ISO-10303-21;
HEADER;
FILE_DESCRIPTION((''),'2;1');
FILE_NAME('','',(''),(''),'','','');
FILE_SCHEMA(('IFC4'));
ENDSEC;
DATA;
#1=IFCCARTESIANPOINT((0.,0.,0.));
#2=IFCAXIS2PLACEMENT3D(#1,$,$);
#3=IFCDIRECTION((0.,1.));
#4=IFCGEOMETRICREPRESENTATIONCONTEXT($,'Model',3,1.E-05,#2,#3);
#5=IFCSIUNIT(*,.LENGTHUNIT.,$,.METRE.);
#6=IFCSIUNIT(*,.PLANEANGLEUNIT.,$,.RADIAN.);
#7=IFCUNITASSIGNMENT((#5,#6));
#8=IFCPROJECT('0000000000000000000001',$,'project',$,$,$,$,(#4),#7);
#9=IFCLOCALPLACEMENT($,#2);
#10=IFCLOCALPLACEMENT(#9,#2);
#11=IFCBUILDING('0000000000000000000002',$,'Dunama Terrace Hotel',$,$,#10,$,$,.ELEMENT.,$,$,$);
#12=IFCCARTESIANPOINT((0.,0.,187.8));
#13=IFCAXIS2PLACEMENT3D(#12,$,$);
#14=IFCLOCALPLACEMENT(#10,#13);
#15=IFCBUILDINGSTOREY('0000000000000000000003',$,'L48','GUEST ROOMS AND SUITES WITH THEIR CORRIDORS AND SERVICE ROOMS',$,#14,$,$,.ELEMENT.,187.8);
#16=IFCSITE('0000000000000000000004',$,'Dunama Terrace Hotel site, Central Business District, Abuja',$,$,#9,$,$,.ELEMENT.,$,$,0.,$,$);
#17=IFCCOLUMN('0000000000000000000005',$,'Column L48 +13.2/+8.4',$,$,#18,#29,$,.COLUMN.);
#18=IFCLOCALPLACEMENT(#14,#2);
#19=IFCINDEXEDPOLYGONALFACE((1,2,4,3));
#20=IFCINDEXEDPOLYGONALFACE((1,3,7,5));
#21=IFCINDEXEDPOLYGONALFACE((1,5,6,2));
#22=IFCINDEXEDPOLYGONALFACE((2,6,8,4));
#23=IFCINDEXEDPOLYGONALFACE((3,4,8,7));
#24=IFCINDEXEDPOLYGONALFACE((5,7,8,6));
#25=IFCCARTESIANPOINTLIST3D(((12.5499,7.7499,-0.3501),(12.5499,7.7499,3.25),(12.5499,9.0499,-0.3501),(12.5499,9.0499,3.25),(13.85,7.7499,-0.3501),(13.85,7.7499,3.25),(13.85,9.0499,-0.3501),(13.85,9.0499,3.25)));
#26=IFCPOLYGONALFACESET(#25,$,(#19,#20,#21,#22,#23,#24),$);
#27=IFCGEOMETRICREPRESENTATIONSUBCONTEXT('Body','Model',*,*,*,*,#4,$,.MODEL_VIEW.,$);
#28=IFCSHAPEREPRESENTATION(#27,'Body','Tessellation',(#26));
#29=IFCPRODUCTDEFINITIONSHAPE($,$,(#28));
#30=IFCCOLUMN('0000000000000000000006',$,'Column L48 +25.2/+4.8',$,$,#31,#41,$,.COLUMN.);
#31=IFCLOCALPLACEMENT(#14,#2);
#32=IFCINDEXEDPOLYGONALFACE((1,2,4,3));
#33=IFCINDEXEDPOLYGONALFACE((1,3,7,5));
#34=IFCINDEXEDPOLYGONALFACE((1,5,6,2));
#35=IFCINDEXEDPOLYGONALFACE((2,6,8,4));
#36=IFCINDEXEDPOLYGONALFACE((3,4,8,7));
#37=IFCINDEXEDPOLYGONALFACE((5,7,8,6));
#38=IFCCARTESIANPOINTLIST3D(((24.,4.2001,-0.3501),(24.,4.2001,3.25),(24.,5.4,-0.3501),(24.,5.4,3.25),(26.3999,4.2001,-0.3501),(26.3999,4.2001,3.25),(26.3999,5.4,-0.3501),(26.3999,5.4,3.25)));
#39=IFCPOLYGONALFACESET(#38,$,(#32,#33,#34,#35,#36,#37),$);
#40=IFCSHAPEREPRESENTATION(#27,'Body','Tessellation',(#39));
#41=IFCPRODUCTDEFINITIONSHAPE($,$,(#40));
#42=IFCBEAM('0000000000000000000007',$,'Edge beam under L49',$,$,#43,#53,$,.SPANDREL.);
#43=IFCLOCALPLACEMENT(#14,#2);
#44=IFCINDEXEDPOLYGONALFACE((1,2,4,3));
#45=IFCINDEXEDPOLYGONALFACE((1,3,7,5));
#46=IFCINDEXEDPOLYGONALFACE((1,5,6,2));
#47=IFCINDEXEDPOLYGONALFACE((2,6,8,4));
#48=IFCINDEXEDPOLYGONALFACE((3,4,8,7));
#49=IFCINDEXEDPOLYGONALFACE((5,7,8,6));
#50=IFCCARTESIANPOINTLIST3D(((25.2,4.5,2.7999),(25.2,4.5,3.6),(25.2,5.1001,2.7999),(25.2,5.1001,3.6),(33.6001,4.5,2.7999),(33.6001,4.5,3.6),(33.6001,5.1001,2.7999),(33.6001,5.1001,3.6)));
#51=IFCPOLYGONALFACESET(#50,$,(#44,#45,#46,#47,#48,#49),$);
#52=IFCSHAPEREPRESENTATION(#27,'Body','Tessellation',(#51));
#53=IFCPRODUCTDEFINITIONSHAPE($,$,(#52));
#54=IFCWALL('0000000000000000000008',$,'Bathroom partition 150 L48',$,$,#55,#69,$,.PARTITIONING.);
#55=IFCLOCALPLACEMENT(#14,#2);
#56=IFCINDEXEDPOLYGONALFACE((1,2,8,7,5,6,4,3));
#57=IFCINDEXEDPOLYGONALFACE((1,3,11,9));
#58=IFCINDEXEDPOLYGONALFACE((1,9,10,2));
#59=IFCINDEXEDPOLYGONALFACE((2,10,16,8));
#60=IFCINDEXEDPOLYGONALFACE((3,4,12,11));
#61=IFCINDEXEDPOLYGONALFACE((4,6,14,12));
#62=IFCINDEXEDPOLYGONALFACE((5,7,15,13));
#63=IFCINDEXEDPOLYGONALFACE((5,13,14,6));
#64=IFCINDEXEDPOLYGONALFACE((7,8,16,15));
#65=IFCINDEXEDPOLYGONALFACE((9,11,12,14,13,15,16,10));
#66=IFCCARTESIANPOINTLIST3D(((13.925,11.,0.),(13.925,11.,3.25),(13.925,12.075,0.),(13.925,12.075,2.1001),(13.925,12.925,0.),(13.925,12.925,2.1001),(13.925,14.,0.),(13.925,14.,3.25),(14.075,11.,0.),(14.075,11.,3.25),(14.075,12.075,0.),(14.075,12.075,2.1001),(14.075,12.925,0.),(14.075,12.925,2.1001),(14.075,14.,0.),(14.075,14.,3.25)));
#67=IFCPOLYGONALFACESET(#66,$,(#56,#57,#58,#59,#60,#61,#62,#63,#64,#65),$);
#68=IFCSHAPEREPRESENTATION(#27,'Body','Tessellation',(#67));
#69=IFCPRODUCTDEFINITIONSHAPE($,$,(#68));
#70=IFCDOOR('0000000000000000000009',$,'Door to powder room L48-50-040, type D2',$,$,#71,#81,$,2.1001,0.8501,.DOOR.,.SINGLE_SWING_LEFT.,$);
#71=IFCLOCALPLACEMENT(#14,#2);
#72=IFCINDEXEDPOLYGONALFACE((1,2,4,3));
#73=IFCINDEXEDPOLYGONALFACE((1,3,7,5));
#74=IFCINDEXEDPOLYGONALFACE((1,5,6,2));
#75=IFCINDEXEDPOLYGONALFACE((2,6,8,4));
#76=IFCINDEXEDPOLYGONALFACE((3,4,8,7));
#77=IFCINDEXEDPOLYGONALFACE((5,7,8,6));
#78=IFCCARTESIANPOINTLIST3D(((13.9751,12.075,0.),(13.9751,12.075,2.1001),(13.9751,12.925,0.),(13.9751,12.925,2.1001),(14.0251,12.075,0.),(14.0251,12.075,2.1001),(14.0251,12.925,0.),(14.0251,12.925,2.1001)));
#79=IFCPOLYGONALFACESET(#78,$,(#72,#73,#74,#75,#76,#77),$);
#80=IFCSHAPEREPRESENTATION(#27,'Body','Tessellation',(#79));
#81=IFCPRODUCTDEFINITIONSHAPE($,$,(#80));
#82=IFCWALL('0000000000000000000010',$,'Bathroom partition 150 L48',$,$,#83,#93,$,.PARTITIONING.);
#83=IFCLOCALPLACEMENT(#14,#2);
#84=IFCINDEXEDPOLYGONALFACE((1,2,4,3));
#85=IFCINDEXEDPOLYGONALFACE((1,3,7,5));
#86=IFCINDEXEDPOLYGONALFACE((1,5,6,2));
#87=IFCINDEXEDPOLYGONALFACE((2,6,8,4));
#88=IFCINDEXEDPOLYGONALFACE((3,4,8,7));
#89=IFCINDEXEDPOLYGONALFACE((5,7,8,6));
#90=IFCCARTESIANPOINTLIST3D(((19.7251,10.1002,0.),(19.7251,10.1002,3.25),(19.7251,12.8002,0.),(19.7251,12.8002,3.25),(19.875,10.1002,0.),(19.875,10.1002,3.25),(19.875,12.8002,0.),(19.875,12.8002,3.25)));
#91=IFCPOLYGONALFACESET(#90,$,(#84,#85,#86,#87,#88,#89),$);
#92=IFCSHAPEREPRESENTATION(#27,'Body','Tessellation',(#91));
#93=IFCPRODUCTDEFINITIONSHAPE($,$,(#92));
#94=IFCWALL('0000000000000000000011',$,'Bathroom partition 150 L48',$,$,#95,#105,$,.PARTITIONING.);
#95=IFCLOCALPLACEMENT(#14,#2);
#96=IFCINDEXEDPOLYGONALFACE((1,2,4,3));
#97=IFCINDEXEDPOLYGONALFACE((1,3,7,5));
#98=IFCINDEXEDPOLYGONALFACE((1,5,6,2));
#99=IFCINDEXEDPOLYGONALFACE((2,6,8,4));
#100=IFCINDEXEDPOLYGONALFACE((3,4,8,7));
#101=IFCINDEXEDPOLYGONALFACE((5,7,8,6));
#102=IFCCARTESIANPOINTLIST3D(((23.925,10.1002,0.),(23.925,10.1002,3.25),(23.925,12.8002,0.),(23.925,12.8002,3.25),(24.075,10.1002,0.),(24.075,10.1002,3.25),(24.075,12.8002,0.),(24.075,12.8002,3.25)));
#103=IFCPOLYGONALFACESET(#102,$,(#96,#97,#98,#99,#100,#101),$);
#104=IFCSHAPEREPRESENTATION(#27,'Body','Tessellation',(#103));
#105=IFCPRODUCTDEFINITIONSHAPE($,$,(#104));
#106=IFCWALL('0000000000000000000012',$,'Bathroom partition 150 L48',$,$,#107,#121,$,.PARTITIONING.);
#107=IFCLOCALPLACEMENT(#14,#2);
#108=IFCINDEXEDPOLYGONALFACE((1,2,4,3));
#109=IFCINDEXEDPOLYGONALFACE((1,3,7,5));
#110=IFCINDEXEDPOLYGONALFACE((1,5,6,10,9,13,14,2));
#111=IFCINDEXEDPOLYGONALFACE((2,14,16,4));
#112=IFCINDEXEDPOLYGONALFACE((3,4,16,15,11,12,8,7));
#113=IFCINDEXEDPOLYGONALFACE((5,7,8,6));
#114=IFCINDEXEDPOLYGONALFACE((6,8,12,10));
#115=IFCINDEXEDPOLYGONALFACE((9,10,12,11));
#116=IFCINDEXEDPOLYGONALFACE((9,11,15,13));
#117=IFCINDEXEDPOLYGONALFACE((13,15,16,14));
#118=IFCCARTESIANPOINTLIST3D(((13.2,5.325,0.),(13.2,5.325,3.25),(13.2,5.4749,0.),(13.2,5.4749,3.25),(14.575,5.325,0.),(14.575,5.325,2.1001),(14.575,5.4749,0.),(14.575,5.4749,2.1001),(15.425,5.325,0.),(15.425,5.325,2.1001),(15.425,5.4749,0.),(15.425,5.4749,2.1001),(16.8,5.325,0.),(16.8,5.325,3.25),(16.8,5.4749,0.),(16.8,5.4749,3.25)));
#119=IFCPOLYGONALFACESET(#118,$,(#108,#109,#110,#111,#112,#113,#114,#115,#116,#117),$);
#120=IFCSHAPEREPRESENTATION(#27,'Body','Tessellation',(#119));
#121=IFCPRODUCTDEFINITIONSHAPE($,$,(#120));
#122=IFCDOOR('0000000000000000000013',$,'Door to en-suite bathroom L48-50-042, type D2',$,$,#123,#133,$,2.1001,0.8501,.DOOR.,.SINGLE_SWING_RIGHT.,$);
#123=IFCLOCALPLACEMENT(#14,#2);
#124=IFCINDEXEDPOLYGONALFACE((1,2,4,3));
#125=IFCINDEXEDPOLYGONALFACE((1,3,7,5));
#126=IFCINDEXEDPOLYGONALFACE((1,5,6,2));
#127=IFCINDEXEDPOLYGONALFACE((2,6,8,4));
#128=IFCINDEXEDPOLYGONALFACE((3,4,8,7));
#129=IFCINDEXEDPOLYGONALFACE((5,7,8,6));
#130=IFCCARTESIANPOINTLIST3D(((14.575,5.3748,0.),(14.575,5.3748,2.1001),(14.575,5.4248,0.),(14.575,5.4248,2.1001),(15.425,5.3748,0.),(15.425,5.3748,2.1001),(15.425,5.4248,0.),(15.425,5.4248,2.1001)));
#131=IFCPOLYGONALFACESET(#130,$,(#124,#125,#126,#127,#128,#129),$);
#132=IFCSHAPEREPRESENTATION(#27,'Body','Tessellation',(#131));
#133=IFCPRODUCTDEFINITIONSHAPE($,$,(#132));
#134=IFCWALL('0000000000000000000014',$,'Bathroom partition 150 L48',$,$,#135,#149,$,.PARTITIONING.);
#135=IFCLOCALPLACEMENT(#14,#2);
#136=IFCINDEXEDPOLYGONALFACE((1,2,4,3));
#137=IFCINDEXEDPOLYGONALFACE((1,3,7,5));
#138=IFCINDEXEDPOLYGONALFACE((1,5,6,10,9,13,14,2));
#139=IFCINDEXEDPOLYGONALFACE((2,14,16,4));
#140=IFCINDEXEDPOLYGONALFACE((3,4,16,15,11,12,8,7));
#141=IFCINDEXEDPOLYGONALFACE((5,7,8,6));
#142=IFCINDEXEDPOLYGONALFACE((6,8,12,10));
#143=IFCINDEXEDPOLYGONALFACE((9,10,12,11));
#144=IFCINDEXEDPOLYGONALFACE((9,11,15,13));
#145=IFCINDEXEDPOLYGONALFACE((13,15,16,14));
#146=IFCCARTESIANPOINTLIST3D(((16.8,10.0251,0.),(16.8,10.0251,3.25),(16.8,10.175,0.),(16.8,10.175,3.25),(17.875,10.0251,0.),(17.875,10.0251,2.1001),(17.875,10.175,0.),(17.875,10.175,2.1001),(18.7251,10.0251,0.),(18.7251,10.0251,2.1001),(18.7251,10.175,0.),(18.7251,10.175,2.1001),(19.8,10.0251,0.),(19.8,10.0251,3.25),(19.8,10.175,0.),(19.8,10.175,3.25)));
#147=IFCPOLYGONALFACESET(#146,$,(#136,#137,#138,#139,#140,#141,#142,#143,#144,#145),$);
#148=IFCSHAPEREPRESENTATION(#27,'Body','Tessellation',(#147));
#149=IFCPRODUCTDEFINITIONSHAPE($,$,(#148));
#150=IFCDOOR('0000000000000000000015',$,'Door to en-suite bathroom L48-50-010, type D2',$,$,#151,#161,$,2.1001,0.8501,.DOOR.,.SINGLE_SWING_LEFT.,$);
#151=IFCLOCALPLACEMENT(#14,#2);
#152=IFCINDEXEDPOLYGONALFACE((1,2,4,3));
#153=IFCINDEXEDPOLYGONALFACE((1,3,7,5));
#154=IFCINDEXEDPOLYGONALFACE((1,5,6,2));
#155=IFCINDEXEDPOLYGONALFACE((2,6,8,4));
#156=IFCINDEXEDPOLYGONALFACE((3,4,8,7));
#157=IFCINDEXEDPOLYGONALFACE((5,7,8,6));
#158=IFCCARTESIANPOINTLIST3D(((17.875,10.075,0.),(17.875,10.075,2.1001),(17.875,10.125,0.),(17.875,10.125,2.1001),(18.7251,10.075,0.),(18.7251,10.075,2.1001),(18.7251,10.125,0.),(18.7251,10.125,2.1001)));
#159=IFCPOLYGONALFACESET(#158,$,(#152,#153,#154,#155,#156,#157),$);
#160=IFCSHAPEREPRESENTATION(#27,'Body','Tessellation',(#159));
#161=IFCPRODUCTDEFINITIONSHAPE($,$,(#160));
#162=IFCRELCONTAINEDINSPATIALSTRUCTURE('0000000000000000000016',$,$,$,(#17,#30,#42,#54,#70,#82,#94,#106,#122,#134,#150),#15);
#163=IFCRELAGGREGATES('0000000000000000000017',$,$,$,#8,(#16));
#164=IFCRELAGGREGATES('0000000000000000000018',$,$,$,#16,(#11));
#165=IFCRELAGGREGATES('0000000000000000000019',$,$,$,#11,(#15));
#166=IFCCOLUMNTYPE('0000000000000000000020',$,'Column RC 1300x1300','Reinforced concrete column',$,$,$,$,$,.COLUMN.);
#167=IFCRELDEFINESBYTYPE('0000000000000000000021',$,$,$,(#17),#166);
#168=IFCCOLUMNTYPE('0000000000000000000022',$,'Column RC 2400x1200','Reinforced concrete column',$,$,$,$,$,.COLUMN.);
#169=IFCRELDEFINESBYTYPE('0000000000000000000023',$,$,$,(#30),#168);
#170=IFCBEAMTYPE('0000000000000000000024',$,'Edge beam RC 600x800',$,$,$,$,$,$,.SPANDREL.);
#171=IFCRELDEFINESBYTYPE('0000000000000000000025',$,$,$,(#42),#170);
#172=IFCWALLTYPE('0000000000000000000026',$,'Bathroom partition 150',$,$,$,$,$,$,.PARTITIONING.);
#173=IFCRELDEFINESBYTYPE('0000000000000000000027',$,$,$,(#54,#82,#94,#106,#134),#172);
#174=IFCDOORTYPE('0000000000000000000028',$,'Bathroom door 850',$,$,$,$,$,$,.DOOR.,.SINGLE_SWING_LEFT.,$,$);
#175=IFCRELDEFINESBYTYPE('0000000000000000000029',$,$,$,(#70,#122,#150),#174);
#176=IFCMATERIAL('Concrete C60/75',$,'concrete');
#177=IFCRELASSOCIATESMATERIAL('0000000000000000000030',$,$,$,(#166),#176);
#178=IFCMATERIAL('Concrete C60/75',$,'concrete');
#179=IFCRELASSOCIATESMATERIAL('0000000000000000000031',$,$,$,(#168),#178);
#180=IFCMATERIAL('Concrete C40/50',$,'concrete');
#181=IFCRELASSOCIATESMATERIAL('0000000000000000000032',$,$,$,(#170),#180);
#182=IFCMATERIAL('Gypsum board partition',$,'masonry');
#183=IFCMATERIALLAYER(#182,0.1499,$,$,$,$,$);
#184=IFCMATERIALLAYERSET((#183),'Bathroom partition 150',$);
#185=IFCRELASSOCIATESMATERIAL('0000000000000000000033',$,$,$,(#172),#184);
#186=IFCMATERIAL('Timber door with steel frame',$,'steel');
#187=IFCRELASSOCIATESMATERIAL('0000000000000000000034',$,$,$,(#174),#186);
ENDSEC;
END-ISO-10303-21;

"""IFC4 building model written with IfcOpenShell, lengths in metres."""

from ifc_helpers import new_model, si_unit, direction, frame, frame_2d, origin, origin_2d, place, context, subcontext, project, spatial, rectangle, extrude, material, layer, layer_set, material_profile, profile_set, type_object, element, fill, save


model = new_model("IFC4")

# Units and contexts
model_context = context("Model", 3, precision=1e-05, world=origin(), true_north=direction((0.0, 1.0)))
body_context = subcontext(model_context, "Body", "Model", "MODEL_VIEW")
ifc_project = project(units=[si_unit("LENGTHUNIT", "METRE"), si_unit("PLANEANGLEUNIT", "RADIAN")], contexts=[model_context])

# Site, building, storey
site_placement = place(None, origin())
site = spatial("IfcSite", under=ifc_project, at=site_placement, Name="Dunama Terrace Hotel site, Central Business District, Abuja", CompositionType="ELEMENT", RefElevation=0.0)
building_placement = place(site_placement, origin())
building = spatial("IfcBuilding", under=site, at=building_placement, Name="Dunama Terrace Hotel", CompositionType="ELEMENT")
storey_placement = place(building_placement, frame((0.0, 0.0, 187.8)))
storey = spatial("IfcBuildingStorey", under=building, at=storey_placement, Name="L48", Description="GUEST ROOMS AND SUITES WITH THEIR CORRIDORS AND SERVICE ROOMS", CompositionType="ELEMENT", Elevation=187.8)

# Columns
ifc_material_1 = material(Name="Concrete C60/75", Category="concrete")
ifc_material_profile_1 = material_profile(ifc_material_1, rectangle(XDim=1.3, YDim=1.3, at=origin_2d()), Name="RC 1300x1300")
ifc_profile_set_1 = profile_set([ifc_material_profile_1], Name="Concrete C60/75")
column_type_1 = type_object("IfcColumnType", Name="Column RC 1300x1300", Description="Reinforced concrete column", PredefinedType="COLUMN", material=ifc_profile_set_1)
column_1_placement = place(storey_placement, frame((13.2, 8.3999, -0.3501), z_axis=(0.0, 0.0, 1.0), x_axis=(1.0, 0.0, 0.0)))
element("IfcColumn", 1, at=column_1_placement, inside=storey, type_object=column_type_1, Name="Column L48 +13.2/+8.4", PredefinedType="COLUMN", context=body_context, shape_type="SweptSolid", body=[
    extrude(rectangle(XDim=1.3, YDim=1.3, at=origin_2d()), origin(), (0.0, 0.0, 1.0), 3.6001),
])
ifc_material_2 = material(Name="Concrete C60/75", Category="concrete")
ifc_material_profile_2 = material_profile(ifc_material_2, rectangle(XDim=2.3999, YDim=1.2, at=origin_2d()), Name="RC 2400x1200")
ifc_profile_set_2 = profile_set([ifc_material_profile_2], Name="Concrete C60/75")
column_type_2 = type_object("IfcColumnType", Name="Column RC 2400x1200", Description="Reinforced concrete column", PredefinedType="COLUMN", material=ifc_profile_set_2)
column_2_placement = place(storey_placement, frame((25.2, 4.8, -0.3501), z_axis=(0.0, 0.0, 1.0), x_axis=(1.0, 0.0, 0.0)))
element("IfcColumn", 2, at=column_2_placement, inside=storey, type_object=column_type_2, Name="Column L48 +25.2/+4.8", PredefinedType="COLUMN", context=body_context, shape_type="SweptSolid", body=[
    extrude(rectangle(XDim=2.3999, YDim=1.2, at=origin_2d()), origin(), (0.0, 0.0, 1.0), 3.6001),
])

# Beam
ifc_material_3 = material(Name="Concrete C40/50", Category="concrete")
ifc_material_profile_3 = material_profile(ifc_material_3, rectangle(XDim=0.6001, YDim=0.8, at=origin_2d()), Name="RC 600x800")
ifc_profile_set_3 = profile_set([ifc_material_profile_3], Name="Concrete C40/50")
beam_type = type_object("IfcBeamType", Name="Edge beam RC 600x800", PredefinedType="SPANDREL", material=ifc_profile_set_3)
beam_placement = place(storey_placement, frame((25.2, 4.8, 3.2), z_axis=(1.0, 0.0, 0.0), x_axis=(0.0, 1.0, 0.0)))
element("IfcBeam", 3, at=beam_placement, inside=storey, type_object=beam_type, Name="Edge beam under L49", PredefinedType="SPANDREL", context=body_context, shape_type="SweptSolid", body=[
    extrude(rectangle(XDim=0.6001, YDim=0.8, at=origin_2d()), origin(), (0.0, 0.0, 1.0), 8.4001),
])

# Wall, opening, door
ifc_material_4 = material(Name="Gypsum board partition", Category="masonry")
ifc_layer_1 = layer(ifc_material_4, 0.1499)
ifc_layer_set_1 = layer_set([ifc_layer_1], Name="Bathroom partition 150")
wall_type_1 = type_object("IfcWallType", Name="Bathroom partition 150", PredefinedType="PARTITIONING", material=ifc_layer_set_1)
wall_1_placement = place(storey_placement, frame((14.0, 11.0, 0.0), z_axis=(0.0, 0.0, 1.0), x_axis=(0.0, 1.0, 0.0)))
wall_1 = element("IfcWall", 4, at=wall_1_placement, inside=storey, type_object=wall_type_1, Name="Bathroom partition 150 L48", PredefinedType="PARTITIONING", context=body_context, shape_type="SweptSolid", body=[
    extrude(rectangle(XDim=3.0, YDim=0.1499, at=frame_2d((1.5, 0.0))), origin(), (0.0, 0.0, 1.0), 3.25),
])
opening_1_placement = place(wall_1_placement, frame((1.075, 0.0, 0.0)))
opening_1 = element("IfcOpeningElement", 5, at=opening_1_placement, cuts=wall_1, PredefinedType="OPENING", context=body_context, shape_type="SweptSolid", body=[
    extrude(rectangle(XDim=0.8501, YDim=2.1001, at=frame_2d((0.425, 1.05))), frame((0.0, 0.085, 0.0), z_axis=(0.0, -1.0, 0.0), x_axis=(1.0, 0.0, 0.0)), (0.0, 0.0, 1.0), 0.1699),
])
ifc_material_5 = material(Name="Timber door with steel frame", Category="steel")
door_type = type_object("IfcDoorType", Name="Bathroom door 850", OperationType="SINGLE_SWING_LEFT", PredefinedType="DOOR", material=ifc_material_5)
door_1_placement = place(opening_1_placement, frame((0.8501, 0.0, 0.0), z_axis=(0.0, 0.0, 1.0), x_axis=(-1.0, 0.0, 0.0)))
door_1 = element("IfcDoor", 6, at=door_1_placement, inside=storey, type_object=door_type, Name="Door to powder room L48-50-040, type D2", OperationType="SINGLE_SWING_LEFT", OverallHeight=2.1001, OverallWidth=0.8501, PredefinedType="DOOR", context=body_context, shape_type="SweptSolid", body=[
    extrude(rectangle(XDim=0.8501, YDim=2.1001, at=frame_2d((0.425, 1.05))), frame((0.0, 0.0251, 0.0), z_axis=(0.0, -1.0, 0.0), x_axis=(1.0, 0.0, 0.0)), (0.0, 0.0, 1.0), 0.05),
])
fill(opening_1, door_1)

# Walls
for number, where, z_axis, x_axis, name in (
    (7, (19.8, 10.1001, 0.0), (0.0, 0.0, 1.0), (0.0, 1.0, 0.0), "Bathroom partition 150 L48"),
    (8, (24.0, 10.1001, 0.0), (0.0, 0.0, 1.0), (0.0, 1.0, 0.0), "Bathroom partition 150 L48"),
):
    element("IfcWall", number, at=place(storey_placement, frame(where, z_axis=z_axis, x_axis=x_axis)), inside=storey, type_object=wall_type_1, Name=name, PredefinedType="PARTITIONING", context=body_context, shape_type="SweptSolid", body=[
        extrude(rectangle(XDim=2.7, YDim=0.1499, at=frame_2d((1.3501, 0.0))), origin(), (0.0, 0.0, 1.0), 3.25),
    ])

# Walls, openings, doors
wall_2_placement = place(storey_placement, frame((13.2, 5.3999, 0.0), z_axis=(0.0, 0.0, 1.0), x_axis=(1.0, 0.0, 0.0)))
wall_2 = element("IfcWall", 9, at=wall_2_placement, inside=storey, type_object=wall_type_1, Name="Bathroom partition 150 L48", PredefinedType="PARTITIONING", context=body_context, shape_type="SweptSolid", body=[
    extrude(rectangle(XDim=3.6001, YDim=0.1499, at=frame_2d((1.8, 0.0))), origin(), (0.0, 0.0, 1.0), 3.25),
])
opening_2_placement = place(wall_2_placement, frame((1.375, 0.0, 0.0)))
opening_2 = element("IfcOpeningElement", 10, at=opening_2_placement, cuts=wall_2, PredefinedType="OPENING", context=body_context, shape_type="SweptSolid", body=[
    extrude(rectangle(XDim=0.8501, YDim=2.1001, at=frame_2d((0.425, 1.05))), frame((0.0, 0.085, 0.0), z_axis=(0.0, -1.0, 0.0), x_axis=(1.0, 0.0, 0.0)), (0.0, 0.0, 1.0), 0.1699),
])
door_2_placement = place(opening_2_placement, origin())
door_2 = element("IfcDoor", 11, at=door_2_placement, inside=storey, type_object=door_type, Name="Door to en-suite bathroom L48-50-042, type D2", OperationType="SINGLE_SWING_RIGHT", OverallHeight=2.1001, OverallWidth=0.8501, PredefinedType="DOOR", context=body_context, shape_type="SweptSolid", body=[
    extrude(rectangle(XDim=0.8501, YDim=2.1001, at=frame_2d((0.425, 1.05))), frame((0.0, 0.0249, 0.0), z_axis=(0.0, -1.0, 0.0), x_axis=(1.0, 0.0, 0.0)), (0.0, 0.0, 1.0), 0.05),
])
fill(opening_2, door_2)
wall_3_placement = place(storey_placement, frame((16.8, 10.1001, 0.0), z_axis=(0.0, 0.0, 1.0), x_axis=(1.0, 0.0, 0.0)))
wall_3 = element("IfcWall", 12, at=wall_3_placement, inside=storey, type_object=wall_type_1, Name="Bathroom partition 150 L48", PredefinedType="PARTITIONING", context=body_context, shape_type="SweptSolid", body=[
    extrude(rectangle(XDim=3.0, YDim=0.1499, at=frame_2d((1.5, 0.0))), origin(), (0.0, 0.0, 1.0), 3.25),
])
opening_3_placement = place(wall_3_placement, frame((1.075, 0.0, 0.0)))
opening_3 = element("IfcOpeningElement", 13, at=opening_3_placement, cuts=wall_3, PredefinedType="OPENING", context=body_context, shape_type="SweptSolid", body=[
    extrude(rectangle(XDim=0.8501, YDim=2.1001, at=frame_2d((0.425, 1.05))), frame((0.0, 0.085, 0.0), z_axis=(0.0, -1.0, 0.0), x_axis=(1.0, 0.0, 0.0)), (0.0, 0.0, 1.0), 0.1699),
])
door_3_placement = place(opening_3_placement, origin())
door_3 = element("IfcDoor", 14, at=door_3_placement, inside=storey, type_object=door_type, Name="Door to en-suite bathroom L48-50-010, type D2", OperationType="SINGLE_SWING_LEFT", OverallHeight=2.1001, OverallWidth=0.8501, PredefinedType="DOOR", context=body_context, shape_type="SweptSolid", body=[
    extrude(rectangle(XDim=0.8501, YDim=2.1001, at=frame_2d((0.425, 1.05))), frame((0.0, 0.0249, 0.0), z_axis=(0.0, -1.0, 0.0), x_axis=(1.0, 0.0, 0.0)), (0.0, 0.0, 1.0), 0.05),
])
fill(opening_3, door_3)

save(model, "model.ifc")
